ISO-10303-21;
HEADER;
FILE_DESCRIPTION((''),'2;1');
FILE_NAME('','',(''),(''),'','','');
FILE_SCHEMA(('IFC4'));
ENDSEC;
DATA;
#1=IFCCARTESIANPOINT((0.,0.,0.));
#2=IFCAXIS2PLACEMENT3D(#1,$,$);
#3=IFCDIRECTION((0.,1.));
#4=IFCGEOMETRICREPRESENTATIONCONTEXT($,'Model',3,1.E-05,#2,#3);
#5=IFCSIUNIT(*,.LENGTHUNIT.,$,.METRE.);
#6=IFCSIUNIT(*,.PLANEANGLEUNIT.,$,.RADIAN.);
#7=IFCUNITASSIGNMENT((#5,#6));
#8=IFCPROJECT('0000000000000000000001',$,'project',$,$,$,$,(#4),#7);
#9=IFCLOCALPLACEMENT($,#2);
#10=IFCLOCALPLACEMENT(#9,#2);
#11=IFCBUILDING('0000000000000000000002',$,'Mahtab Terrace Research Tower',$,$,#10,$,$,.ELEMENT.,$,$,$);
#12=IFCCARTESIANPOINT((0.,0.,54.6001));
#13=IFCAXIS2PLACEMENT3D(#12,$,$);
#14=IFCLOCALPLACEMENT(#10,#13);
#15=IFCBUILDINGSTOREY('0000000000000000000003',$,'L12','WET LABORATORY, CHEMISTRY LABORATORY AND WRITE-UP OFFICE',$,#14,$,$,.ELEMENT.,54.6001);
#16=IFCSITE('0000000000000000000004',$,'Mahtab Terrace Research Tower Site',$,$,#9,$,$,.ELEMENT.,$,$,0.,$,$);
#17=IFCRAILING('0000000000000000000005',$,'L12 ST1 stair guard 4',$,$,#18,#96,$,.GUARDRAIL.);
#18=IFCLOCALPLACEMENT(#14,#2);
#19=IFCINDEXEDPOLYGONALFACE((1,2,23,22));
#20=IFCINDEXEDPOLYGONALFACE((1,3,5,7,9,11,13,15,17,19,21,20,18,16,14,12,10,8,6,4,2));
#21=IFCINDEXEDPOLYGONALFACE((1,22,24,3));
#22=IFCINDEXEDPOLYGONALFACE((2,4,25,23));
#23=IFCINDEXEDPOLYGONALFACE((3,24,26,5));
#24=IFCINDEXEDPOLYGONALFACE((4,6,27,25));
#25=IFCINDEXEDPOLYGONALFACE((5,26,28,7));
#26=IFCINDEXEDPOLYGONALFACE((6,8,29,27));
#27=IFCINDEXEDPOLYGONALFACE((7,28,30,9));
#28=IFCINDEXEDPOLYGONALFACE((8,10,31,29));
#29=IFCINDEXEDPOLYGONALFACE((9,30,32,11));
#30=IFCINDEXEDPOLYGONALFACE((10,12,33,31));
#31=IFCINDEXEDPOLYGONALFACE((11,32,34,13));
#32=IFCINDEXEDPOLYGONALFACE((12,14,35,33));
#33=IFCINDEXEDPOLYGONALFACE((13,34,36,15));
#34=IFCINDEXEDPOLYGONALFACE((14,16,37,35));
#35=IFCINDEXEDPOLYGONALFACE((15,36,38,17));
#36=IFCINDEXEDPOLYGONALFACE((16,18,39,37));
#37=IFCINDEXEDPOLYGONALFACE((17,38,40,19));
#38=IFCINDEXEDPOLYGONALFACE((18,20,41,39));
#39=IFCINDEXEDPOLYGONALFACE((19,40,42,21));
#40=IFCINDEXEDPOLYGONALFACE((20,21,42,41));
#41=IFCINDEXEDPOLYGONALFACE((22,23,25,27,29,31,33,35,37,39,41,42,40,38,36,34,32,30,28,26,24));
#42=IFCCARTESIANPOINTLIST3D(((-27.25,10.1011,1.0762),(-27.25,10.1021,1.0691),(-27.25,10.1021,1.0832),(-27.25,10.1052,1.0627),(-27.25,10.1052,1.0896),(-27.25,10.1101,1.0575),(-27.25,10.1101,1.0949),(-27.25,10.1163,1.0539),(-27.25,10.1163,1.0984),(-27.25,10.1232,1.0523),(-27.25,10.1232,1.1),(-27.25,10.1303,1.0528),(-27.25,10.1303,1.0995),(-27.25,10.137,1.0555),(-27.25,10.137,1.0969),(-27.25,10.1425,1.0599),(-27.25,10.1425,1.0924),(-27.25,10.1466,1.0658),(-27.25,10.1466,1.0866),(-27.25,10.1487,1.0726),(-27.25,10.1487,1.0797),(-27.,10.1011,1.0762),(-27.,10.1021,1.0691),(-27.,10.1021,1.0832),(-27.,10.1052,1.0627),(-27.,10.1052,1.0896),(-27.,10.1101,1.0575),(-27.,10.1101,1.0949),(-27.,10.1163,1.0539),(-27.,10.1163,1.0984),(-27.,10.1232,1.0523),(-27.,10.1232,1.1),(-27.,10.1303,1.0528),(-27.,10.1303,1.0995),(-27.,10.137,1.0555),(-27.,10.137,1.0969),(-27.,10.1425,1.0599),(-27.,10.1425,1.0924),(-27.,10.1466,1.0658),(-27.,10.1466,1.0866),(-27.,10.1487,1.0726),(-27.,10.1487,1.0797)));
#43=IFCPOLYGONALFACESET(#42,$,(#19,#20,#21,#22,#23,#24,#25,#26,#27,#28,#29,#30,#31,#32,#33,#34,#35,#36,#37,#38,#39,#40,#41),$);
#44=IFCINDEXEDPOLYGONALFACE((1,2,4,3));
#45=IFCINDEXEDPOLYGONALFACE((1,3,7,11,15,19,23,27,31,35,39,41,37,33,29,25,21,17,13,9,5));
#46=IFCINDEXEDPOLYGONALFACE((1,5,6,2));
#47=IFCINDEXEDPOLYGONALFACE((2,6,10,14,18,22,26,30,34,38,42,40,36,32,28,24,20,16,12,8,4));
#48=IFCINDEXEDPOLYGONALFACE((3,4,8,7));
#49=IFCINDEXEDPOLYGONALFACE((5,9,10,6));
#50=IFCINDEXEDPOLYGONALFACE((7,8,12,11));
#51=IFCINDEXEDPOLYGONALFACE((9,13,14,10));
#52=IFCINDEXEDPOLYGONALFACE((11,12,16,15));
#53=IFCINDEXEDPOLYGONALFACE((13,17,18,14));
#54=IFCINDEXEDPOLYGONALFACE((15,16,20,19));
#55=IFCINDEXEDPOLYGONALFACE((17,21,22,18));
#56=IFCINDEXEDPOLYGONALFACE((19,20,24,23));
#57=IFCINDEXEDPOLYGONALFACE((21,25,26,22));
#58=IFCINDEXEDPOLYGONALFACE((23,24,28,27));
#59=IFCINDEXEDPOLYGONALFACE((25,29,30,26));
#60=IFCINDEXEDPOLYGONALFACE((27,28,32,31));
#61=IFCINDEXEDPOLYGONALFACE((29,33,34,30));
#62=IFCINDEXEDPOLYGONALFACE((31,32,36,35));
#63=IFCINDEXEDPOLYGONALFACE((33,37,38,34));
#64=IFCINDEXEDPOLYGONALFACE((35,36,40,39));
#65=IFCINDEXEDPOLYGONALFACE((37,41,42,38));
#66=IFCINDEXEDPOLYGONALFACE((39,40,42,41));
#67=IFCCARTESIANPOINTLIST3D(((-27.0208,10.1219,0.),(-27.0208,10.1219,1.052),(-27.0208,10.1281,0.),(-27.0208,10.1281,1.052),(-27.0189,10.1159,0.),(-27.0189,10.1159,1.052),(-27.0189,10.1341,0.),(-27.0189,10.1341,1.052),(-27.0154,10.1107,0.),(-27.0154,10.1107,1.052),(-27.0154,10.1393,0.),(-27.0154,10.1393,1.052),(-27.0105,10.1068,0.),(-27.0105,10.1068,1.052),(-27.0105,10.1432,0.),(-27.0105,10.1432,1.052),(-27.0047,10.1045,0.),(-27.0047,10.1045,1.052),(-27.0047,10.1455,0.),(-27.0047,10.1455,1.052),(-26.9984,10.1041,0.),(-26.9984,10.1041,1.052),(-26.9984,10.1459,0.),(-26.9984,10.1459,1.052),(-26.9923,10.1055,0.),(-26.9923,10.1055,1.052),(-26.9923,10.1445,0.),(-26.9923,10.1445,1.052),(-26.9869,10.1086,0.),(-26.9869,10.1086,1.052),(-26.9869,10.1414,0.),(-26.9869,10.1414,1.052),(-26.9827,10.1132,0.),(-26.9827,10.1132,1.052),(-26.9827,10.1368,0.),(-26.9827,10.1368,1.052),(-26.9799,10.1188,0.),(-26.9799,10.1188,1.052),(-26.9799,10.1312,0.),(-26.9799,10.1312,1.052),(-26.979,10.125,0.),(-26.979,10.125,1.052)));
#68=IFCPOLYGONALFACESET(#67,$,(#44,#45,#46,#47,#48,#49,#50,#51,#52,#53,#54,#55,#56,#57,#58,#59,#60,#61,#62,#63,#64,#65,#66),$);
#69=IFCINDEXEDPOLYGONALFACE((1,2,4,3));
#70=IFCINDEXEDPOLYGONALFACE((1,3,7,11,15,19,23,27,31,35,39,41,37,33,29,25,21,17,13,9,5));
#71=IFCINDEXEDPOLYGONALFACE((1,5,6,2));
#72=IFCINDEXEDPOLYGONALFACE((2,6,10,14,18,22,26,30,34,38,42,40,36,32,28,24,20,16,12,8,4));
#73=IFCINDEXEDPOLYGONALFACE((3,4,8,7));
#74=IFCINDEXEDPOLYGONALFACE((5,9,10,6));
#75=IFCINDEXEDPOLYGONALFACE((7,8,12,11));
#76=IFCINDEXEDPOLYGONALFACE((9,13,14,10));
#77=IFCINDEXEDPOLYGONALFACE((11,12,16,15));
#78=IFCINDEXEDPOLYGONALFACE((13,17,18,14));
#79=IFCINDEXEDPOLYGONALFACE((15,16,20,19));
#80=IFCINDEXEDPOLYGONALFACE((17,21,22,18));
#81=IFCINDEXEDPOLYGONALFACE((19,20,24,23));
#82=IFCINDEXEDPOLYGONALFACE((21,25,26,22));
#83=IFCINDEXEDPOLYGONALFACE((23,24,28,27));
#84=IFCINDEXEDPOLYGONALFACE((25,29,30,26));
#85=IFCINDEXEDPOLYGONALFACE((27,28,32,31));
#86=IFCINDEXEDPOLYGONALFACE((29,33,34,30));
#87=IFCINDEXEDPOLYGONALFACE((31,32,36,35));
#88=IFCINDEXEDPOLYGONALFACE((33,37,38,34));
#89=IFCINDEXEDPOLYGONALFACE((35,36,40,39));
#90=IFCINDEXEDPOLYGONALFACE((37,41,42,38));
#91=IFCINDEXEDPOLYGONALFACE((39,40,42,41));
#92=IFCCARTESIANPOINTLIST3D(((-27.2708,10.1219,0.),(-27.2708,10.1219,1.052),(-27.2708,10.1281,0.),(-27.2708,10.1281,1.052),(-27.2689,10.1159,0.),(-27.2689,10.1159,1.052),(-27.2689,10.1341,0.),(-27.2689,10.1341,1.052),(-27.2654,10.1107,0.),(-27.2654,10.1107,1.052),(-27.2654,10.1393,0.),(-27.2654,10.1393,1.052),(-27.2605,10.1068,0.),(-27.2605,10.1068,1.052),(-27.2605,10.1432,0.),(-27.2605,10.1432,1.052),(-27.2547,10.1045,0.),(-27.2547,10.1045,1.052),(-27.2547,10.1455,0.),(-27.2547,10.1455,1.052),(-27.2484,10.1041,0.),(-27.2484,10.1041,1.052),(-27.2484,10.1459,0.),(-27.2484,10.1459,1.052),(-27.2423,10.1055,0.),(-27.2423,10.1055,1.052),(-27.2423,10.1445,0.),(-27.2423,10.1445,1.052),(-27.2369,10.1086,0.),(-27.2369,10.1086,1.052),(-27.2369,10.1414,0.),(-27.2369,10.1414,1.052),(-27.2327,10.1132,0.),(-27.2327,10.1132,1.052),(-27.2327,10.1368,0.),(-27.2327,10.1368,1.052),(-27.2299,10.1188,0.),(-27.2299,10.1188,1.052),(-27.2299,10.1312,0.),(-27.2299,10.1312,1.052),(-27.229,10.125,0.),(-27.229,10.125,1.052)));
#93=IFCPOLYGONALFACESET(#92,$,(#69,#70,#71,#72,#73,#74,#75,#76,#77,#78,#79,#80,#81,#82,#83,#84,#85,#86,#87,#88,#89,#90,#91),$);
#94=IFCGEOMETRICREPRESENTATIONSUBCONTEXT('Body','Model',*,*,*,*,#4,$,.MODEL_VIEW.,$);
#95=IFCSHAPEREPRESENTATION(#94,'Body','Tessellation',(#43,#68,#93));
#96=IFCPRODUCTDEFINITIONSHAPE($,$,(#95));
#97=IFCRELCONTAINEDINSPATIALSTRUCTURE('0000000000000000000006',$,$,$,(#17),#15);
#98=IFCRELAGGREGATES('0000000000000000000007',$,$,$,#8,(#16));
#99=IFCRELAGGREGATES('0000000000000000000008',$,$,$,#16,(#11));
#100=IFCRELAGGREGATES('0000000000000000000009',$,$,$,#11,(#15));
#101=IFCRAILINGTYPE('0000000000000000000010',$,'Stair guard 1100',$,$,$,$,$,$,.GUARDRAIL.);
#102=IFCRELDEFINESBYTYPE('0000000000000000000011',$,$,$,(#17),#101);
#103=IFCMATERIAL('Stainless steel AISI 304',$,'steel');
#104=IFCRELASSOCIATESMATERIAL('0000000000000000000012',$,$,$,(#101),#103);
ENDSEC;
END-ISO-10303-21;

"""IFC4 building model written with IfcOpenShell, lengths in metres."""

from ifc_helpers import new_model, si_unit, direction, frame, origin, origin_2d, place, context, subcontext, project, spatial, circle, extrude, material, type_object, element, save


model = new_model("IFC4")

# Units and contexts
model_context = context("Model", 3, precision=1e-05, world=origin(), true_north=direction((0.0, 1.0)))
body_context = subcontext(model_context, "Body", "Model", "MODEL_VIEW")
ifc_project = project(units=[si_unit("LENGTHUNIT", "METRE"), si_unit("PLANEANGLEUNIT", "RADIAN")], contexts=[model_context])

# Site, building, storey
site_placement = place(None, origin())
site = spatial("IfcSite", under=ifc_project, at=site_placement, Name="Mahtab Terrace Research Tower Site", CompositionType="ELEMENT", RefElevation=0.0)
building_placement = place(site_placement, origin())
building = spatial("IfcBuilding", under=site, at=building_placement, Name="Mahtab Terrace Research Tower", CompositionType="ELEMENT")
storey_placement = place(building_placement, frame((0.0, 0.0, 54.6001)))
storey = spatial("IfcBuildingStorey", under=building, at=storey_placement, Name="L12", Description="WET LABORATORY, CHEMISTRY LABORATORY AND WRITE-UP OFFICE", CompositionType="ELEMENT", Elevation=54.6001)

# Railing
ifc_material_1 = material(Name="Stainless steel AISI 304", Category="steel")
railing_type_1 = type_object("IfcRailingType", Name="Stair guard 1100", PredefinedType="GUARDRAIL", material=ifc_material_1)
railing_1_placement = place(storey_placement, frame((-27.0, 10.125, 0.0)))
element("IfcRailing", 1, at=railing_1_placement, inside=storey, type_object=railing_type_1, Name="L12 ST1 stair guard 4", PredefinedType="GUARDRAIL", context=body_context, shape_type="SweptSolid", body=[
    extrude(circle(Radius=0.0239, at=origin_2d()), frame((0.0, 0.0, 1.0762), z_axis=(-1.0, 0.0, 0.0), x_axis=(0.0, -1.0, 0.0)), (0.0, 0.0, 1.0), 0.25),
    extrude(circle(Radius=0.021, at=origin_2d()), origin(), (0.0, 0.0, 1.0), 1.052),
    extrude(circle(Radius=0.021, at=origin_2d()), frame((-0.25, 0.0, 0.0)), (0.0, 0.0, 1.0), 1.052),
])

save(model, "model.ifc")
